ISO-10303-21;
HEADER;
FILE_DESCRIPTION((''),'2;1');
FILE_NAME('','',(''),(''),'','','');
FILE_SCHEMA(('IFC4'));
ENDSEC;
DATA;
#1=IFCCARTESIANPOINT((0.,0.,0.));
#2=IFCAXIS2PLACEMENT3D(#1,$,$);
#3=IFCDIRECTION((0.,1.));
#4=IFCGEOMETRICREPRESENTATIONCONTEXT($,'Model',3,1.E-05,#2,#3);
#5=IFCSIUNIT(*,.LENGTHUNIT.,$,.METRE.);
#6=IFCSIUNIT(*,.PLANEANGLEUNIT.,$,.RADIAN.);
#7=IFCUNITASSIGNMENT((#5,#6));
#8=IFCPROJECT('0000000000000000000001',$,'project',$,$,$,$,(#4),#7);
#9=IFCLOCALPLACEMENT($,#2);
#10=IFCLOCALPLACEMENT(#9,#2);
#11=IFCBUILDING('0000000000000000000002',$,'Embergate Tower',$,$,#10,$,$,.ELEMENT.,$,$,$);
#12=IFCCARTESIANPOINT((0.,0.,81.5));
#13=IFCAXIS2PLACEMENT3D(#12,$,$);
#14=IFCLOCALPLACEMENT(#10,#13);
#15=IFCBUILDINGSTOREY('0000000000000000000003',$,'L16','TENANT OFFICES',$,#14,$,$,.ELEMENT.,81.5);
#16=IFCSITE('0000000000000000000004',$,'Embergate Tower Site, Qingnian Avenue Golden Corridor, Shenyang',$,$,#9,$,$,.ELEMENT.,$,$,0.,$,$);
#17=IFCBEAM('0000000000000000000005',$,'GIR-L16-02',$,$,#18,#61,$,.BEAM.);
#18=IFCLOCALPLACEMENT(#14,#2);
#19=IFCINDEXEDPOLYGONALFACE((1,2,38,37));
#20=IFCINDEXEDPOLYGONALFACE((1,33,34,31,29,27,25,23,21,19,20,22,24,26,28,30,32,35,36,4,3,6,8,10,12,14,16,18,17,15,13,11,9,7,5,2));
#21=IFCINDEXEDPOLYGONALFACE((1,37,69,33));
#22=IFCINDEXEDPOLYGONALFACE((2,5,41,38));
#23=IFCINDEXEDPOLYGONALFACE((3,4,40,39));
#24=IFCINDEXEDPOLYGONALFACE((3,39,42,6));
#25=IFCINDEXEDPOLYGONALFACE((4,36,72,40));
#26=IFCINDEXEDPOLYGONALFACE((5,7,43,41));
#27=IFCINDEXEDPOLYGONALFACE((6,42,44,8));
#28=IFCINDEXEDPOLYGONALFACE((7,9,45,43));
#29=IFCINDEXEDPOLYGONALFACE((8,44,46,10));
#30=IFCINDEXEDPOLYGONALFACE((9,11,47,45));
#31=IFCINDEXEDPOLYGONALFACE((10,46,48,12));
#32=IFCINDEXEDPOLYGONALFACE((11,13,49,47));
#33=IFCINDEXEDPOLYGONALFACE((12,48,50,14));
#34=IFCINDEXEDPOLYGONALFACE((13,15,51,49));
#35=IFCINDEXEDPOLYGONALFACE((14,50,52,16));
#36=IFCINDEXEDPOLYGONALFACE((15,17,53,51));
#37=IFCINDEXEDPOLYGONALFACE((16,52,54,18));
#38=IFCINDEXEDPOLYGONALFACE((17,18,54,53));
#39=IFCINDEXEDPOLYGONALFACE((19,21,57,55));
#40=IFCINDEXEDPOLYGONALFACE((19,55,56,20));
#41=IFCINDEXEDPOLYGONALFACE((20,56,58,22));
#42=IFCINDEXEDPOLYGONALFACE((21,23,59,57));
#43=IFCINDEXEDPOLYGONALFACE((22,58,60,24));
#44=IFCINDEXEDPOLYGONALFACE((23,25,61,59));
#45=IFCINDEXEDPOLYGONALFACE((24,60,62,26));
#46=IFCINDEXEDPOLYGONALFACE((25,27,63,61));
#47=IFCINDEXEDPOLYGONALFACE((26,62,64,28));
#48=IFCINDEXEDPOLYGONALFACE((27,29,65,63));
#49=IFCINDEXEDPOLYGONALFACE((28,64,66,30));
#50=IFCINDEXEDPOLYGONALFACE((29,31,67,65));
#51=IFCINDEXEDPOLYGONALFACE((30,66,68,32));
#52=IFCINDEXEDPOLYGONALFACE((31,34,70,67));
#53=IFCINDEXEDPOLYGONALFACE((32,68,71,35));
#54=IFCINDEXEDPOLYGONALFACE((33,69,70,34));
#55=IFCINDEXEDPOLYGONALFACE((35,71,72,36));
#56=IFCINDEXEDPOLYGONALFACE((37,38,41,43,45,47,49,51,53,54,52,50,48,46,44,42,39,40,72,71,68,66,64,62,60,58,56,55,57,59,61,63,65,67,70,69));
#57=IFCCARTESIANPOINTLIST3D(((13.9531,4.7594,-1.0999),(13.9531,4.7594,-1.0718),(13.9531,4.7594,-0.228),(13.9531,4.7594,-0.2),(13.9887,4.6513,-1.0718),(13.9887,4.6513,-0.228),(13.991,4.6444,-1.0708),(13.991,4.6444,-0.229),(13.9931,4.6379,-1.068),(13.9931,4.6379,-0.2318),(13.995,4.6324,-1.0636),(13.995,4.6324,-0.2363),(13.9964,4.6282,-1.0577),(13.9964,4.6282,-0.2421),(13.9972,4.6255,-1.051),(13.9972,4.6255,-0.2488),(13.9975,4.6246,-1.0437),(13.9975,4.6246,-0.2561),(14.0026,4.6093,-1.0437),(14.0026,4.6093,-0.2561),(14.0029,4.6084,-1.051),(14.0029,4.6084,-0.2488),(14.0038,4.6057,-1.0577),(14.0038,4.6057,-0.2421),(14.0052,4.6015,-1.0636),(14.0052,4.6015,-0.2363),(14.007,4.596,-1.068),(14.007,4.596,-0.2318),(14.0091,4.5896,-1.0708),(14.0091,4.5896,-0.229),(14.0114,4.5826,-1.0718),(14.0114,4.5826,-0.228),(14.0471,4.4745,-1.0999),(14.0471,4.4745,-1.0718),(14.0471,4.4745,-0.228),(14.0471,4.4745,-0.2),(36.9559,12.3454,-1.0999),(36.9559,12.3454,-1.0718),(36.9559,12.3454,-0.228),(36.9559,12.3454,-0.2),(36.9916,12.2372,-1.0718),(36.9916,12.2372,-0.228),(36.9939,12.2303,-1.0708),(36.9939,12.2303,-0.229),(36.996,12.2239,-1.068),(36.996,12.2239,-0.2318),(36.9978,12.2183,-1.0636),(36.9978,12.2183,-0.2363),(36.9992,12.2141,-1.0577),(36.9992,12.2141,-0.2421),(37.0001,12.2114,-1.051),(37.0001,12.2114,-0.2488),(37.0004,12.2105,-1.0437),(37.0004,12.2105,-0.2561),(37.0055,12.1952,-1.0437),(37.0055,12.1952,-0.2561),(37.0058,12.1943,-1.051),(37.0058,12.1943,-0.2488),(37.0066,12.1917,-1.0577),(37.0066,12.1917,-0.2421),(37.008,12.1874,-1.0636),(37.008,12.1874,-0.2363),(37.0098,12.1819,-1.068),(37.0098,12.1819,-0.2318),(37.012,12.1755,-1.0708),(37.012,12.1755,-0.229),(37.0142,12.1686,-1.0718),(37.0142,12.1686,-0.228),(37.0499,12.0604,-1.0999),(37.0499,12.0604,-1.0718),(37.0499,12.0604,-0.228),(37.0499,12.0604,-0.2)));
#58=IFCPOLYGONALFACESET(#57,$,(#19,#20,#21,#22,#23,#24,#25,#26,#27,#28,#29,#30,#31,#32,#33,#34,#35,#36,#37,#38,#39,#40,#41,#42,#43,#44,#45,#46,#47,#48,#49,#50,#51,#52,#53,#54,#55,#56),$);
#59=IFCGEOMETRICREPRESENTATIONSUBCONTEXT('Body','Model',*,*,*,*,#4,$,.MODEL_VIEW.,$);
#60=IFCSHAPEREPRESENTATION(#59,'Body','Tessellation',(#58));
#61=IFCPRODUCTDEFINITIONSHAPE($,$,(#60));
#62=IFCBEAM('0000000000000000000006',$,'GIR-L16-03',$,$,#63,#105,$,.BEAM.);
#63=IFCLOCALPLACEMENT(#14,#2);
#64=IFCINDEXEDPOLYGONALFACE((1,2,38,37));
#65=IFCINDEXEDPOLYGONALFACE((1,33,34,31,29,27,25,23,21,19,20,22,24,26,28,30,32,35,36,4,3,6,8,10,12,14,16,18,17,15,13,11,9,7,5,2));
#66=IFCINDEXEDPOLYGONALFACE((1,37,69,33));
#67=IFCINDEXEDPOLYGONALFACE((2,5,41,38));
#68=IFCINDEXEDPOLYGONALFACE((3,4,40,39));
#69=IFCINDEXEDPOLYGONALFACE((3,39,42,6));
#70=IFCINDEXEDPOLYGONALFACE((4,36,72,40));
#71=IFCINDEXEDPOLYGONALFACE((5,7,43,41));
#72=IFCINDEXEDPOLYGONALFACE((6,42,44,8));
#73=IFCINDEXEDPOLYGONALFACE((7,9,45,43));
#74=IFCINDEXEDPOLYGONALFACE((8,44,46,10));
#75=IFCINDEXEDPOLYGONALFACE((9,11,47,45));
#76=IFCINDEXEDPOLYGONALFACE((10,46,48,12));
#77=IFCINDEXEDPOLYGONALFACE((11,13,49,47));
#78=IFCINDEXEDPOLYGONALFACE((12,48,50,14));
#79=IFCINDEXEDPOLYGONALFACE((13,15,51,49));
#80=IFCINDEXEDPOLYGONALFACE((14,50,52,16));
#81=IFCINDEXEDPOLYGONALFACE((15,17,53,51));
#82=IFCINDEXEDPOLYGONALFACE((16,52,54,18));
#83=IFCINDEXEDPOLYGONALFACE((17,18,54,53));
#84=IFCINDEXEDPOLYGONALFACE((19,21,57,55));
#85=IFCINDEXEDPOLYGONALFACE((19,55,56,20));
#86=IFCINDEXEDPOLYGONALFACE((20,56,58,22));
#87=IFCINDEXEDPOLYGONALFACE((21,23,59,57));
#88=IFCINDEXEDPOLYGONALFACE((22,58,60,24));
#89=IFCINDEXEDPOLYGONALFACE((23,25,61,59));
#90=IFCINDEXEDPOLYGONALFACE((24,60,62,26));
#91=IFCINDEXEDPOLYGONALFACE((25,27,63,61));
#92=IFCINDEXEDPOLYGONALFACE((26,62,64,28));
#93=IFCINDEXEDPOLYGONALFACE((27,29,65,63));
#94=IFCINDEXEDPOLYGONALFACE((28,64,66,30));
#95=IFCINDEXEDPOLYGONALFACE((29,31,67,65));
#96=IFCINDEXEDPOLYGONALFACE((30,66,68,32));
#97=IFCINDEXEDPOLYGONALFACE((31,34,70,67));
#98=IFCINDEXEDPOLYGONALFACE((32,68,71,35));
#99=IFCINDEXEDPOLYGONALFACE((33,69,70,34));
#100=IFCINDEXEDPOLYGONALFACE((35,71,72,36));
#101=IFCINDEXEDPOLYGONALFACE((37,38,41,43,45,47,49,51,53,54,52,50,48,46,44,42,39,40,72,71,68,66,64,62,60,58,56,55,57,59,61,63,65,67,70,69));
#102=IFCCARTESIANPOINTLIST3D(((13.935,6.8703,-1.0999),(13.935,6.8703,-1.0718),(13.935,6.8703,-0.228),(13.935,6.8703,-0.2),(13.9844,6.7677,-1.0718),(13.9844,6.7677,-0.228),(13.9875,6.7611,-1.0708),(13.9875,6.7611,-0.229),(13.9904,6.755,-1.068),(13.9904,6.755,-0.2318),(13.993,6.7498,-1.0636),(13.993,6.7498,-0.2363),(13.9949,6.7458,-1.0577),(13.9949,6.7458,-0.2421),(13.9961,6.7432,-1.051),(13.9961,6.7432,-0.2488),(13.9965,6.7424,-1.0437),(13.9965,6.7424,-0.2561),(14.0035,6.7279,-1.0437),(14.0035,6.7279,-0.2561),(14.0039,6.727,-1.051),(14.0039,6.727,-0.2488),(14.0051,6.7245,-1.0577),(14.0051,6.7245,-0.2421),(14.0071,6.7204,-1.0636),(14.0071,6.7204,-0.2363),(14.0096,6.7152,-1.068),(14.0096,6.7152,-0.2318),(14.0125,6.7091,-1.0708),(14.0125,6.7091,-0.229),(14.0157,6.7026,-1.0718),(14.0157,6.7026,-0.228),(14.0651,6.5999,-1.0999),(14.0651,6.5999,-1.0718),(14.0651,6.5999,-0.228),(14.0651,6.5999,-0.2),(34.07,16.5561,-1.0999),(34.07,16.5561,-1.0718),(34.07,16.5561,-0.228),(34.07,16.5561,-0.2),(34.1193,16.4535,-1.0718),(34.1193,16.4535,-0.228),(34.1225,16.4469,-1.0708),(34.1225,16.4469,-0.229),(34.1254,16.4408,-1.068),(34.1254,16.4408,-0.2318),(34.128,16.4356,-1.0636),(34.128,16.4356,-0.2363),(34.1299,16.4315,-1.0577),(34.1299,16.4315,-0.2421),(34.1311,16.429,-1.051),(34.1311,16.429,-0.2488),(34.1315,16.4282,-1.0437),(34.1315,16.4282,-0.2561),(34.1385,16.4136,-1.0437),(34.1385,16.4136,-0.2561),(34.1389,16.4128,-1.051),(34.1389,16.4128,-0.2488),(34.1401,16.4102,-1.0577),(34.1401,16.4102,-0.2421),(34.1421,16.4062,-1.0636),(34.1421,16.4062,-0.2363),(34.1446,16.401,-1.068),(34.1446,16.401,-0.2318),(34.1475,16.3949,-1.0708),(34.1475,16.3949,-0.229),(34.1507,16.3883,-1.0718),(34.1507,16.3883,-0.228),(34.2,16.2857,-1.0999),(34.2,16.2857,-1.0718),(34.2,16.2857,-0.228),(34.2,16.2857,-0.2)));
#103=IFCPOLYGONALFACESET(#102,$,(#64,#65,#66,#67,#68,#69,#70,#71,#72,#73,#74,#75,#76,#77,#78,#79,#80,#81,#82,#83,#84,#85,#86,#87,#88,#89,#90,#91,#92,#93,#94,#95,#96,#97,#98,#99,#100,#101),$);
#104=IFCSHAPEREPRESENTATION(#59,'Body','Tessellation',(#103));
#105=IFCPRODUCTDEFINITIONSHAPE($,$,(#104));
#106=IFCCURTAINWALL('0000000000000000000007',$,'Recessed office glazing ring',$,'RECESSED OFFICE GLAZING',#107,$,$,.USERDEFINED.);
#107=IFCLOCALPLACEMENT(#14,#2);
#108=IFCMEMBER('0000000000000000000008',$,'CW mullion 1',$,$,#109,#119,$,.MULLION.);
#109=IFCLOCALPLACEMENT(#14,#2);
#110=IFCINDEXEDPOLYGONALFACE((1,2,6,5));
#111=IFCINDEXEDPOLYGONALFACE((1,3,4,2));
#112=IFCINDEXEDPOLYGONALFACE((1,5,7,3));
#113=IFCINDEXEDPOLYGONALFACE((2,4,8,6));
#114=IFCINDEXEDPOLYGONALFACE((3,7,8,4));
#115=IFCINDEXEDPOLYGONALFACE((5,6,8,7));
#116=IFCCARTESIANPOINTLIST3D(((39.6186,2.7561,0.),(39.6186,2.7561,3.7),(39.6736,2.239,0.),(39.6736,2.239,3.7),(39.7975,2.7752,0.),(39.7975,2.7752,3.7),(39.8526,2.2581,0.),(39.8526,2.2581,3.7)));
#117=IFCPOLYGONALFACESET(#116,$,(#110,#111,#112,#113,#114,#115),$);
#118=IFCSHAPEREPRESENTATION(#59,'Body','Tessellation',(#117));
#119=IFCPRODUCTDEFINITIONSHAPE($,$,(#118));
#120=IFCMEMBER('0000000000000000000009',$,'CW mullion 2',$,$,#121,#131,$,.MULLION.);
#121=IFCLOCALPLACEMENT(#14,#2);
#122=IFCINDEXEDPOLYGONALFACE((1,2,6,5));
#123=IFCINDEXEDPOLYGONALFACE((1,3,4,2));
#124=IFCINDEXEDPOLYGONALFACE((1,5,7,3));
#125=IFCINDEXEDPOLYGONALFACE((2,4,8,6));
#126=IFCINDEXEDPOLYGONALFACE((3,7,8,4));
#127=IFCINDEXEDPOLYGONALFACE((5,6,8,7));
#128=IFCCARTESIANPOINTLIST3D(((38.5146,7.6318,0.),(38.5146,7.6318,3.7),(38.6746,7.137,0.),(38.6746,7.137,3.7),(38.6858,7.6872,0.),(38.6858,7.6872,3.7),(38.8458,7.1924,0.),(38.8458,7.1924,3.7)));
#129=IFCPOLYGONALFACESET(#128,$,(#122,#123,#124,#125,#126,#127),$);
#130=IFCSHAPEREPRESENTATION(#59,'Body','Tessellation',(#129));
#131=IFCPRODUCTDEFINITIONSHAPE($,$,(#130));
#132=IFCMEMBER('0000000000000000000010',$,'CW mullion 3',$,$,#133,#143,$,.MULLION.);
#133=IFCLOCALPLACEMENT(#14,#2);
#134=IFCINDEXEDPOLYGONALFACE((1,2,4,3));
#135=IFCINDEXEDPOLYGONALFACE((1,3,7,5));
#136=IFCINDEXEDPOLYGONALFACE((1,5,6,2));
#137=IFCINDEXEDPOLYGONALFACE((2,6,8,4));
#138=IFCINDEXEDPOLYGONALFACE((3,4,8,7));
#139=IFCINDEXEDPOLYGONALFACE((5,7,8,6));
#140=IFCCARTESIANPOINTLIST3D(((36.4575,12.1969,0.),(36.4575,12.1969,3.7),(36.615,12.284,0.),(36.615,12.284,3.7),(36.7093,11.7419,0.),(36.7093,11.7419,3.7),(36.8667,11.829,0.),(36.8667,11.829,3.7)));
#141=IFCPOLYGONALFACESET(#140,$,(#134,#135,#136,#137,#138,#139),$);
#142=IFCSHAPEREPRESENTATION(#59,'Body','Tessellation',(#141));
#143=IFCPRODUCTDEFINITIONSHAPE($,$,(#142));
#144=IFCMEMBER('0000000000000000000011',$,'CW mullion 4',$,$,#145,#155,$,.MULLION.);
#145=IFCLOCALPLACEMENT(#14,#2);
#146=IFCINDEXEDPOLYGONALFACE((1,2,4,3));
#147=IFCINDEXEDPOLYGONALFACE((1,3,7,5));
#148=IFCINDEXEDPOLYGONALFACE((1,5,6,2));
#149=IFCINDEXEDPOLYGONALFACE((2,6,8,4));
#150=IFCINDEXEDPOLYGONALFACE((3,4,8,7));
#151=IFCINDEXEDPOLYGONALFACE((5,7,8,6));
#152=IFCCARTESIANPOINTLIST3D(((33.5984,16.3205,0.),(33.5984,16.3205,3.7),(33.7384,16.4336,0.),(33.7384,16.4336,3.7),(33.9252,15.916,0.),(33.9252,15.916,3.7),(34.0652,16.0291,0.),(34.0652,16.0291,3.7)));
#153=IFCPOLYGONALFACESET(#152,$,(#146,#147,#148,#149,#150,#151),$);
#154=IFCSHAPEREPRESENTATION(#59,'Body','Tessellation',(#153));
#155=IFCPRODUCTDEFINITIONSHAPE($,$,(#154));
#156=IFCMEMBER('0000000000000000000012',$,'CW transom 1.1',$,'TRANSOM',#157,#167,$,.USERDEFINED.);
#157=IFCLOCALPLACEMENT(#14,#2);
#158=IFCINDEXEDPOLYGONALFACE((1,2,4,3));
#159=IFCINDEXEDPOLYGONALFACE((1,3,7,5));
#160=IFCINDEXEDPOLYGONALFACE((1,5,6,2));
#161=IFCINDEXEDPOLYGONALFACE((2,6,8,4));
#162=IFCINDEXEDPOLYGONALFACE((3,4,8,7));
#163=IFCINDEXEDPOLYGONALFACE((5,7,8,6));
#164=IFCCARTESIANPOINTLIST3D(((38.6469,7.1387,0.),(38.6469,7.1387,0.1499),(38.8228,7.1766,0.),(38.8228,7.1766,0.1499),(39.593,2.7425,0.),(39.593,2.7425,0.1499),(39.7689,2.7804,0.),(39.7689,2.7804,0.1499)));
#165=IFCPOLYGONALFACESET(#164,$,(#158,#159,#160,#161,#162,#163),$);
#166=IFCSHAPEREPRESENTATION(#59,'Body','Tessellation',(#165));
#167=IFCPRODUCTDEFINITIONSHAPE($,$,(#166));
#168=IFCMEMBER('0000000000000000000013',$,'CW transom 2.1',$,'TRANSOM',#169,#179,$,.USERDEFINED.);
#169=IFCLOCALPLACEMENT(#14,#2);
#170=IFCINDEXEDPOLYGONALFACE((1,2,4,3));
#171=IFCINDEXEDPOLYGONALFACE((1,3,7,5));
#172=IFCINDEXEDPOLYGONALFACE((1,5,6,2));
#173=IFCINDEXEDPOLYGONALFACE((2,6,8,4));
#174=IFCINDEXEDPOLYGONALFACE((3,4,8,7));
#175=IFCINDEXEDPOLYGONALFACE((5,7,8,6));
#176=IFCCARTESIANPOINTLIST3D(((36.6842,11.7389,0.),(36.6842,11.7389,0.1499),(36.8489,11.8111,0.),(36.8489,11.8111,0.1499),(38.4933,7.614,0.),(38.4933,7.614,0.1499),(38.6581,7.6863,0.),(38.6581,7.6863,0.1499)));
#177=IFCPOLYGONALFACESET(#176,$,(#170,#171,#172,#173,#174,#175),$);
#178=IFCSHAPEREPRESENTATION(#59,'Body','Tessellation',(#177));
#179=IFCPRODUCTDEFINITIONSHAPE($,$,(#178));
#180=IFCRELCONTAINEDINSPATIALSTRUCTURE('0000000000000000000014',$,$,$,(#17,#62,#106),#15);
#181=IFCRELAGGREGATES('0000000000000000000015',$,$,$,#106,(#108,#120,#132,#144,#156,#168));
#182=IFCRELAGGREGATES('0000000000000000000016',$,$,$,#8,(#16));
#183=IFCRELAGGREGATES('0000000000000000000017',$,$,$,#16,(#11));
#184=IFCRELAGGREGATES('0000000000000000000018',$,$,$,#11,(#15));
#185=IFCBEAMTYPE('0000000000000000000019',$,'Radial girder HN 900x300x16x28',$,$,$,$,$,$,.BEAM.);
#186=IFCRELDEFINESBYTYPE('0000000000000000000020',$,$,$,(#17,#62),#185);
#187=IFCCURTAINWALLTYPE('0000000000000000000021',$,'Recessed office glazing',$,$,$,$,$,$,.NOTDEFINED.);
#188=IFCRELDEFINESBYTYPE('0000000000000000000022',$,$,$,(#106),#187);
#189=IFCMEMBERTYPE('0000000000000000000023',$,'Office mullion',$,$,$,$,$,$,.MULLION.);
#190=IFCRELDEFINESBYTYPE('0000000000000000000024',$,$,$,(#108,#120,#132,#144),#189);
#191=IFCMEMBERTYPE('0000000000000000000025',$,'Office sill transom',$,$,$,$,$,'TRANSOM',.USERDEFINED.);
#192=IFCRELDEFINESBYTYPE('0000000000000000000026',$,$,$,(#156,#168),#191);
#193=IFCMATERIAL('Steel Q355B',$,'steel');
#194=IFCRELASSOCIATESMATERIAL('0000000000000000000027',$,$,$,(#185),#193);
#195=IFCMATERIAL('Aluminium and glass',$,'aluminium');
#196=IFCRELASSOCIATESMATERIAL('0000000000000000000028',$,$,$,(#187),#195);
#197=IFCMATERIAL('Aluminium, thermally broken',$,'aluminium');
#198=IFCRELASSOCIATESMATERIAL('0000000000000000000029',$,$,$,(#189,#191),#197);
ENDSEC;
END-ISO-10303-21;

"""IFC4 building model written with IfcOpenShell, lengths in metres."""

from ifc_helpers import new_model, si_unit, direction, frame, origin, origin_2d, place, context, subcontext, project, spatial, rectangle, i_section, extrude, source, transform, mapped, material, material_profile, profile_set, type_object, element, aggregate, save


model = new_model("IFC4")

# Units and contexts
model_context = context("Model", 3, precision=1e-05, world=origin(), true_north=direction((0.0, 1.0)))
body_context = subcontext(model_context, "Body", "Model", "MODEL_VIEW")
ifc_project = project(units=[si_unit("LENGTHUNIT", "METRE"), si_unit("PLANEANGLEUNIT", "RADIAN")], contexts=[model_context])

# Site, building, storey
site_placement = place(None, origin())
site = spatial("IfcSite", under=ifc_project, at=site_placement, Name="Embergate Tower Site, Qingnian Avenue Golden Corridor, Shenyang", CompositionType="ELEMENT", RefElevation=0.0)
building_placement = place(site_placement, origin())
building = spatial("IfcBuilding", under=site, at=building_placement, Name="Embergate Tower", CompositionType="ELEMENT")
storey_placement = place(building_placement, frame((0.0, 0.0, 81.5)))
storey = spatial("IfcBuildingStorey", under=building, at=storey_placement, Name="L16", Description="TENANT OFFICES", CompositionType="ELEMENT", Elevation=81.5)

# Beams
ifc_material_1 = material(Name="Steel Q355B", Category="steel")
ifc_material_profile_1 = material_profile(ifc_material_1, i_section(OverallWidth=0.3, OverallDepth=0.8999, WebThickness=0.0161, FlangeThickness=0.0281, FilletRadius=0.0281, at=origin_2d()), Name="HN 900x300x16x28")
ifc_profile_set_1 = profile_set([ifc_material_profile_1], Name="Steel Q355 grade B")
beam_type_1 = type_object("IfcBeamType", Name="Radial girder HN 900x300x16x28", PredefinedType="BEAM", material=ifc_profile_set_1)
shared_shape_1 = source(origin(), body_context, "Body", "SweptSolid", [
    extrude(i_section(OverallWidth=0.3, OverallDepth=0.8999, WebThickness=0.0161, FlangeThickness=0.0281, FilletRadius=0.0281, at=origin_2d()), origin(), (0.0, 0.0, 1.0), 24.2214),
])
beam_1_placement = place(storey_placement, frame((37.0029, 12.2029, -0.6499), z_axis=(-0.94969, -0.31319, 0.0), x_axis=(0.31319, -0.94969, 0.0)))
element("IfcBeam", 1, at=beam_1_placement, inside=storey, type_object=beam_type_1, Name="GIR-L16-02", PredefinedType="BEAM", context=body_context, shape_type="MappedRepresentation", body=[
    mapped(shared_shape_1, transform((0.0, 0.0, 0.0))),
])
shared_shape_2 = source(origin(), body_context, "Body", "SweptSolid", [
    extrude(i_section(OverallWidth=0.3, OverallDepth=0.8999, WebThickness=0.0161, FlangeThickness=0.0281, FilletRadius=0.0281, at=origin_2d()), origin(), (0.0, 0.0, 1.0), 22.3435),
])
beam_2_placement = place(storey_placement, frame((34.135, 16.4209, -0.6499), z_axis=(-0.901156, -0.433494, 0.0), x_axis=(0.433494, -0.901156, 0.0)))
element("IfcBeam", 2, at=beam_2_placement, inside=storey, type_object=beam_type_1, Name="GIR-L16-03", PredefinedType="BEAM", context=body_context, shape_type="MappedRepresentation", body=[
    mapped(shared_shape_2, transform((0.0, 0.0, 0.0))),
])

# Curtain wall, members
ifc_material_2 = material(Name="Aluminium and glass", Category="aluminium")
curtain_wall_type = type_object("IfcCurtainWallType", Name="Recessed office glazing", PredefinedType="NOTDEFINED", material=ifc_material_2)
curtain_wall_placement = place(storey_placement, origin())
curtain_wall = element("IfcCurtainWall", 3, at=curtain_wall_placement, inside=storey, type_object=curtain_wall_type, Name="Recessed office glazing ring", ObjectType="RECESSED OFFICE GLAZING", PredefinedType="USERDEFINED")
ifc_material_3 = material(Name="Aluminium, thermally broken", Category="aluminium")
ifc_material_profile_2 = material_profile(ifc_material_3, rectangle(XDim=0.1799, YDim=0.52, at=origin_2d()), Name="AL 520x180")
ifc_profile_set_2 = profile_set([ifc_material_profile_2], Name="Aluminium, thermally broken")
member_type_1 = type_object("IfcMemberType", Name="Office mullion", PredefinedType="MULLION", material=ifc_profile_set_2)
shared_shape_3 = source(origin(), body_context, "Body", "SweptSolid", [
    extrude(rectangle(XDim=0.1799, YDim=0.52, at=origin_2d()), origin(), (0.0, 0.0, 1.0), 3.7),
])
member_1_placement = place(storey_placement, frame((39.7356, 2.5071, 0.0), z_axis=(0.0, 0.0, 1.0), x_axis=(-0.994385, -0.105822, 0.0)))
member_1 = element("IfcMember", 4, at=member_1_placement, type_object=member_type_1, Name="CW mullion 1", PredefinedType="MULLION", context=body_context, shape_type="MappedRepresentation", body=[
    mapped(shared_shape_3, transform((0.0, 0.0, 0.0))),
])
member_2_placement = place(storey_placement, frame((38.6802, 7.4121, 0.0), z_axis=(0.0, 0.0, 1.0), x_axis=(-0.951499, -0.307651, 0.0)))
member_2 = element("IfcMember", 5, at=member_2_placement, type_object=member_type_1, Name="CW mullion 2", PredefinedType="MULLION", context=body_context, shape_type="MappedRepresentation", body=[
    mapped(shared_shape_3, transform((0.0, 0.0, 0.0))),
])
member_3_placement = place(storey_placement, frame((36.6621, 12.0129, 0.0), z_axis=(0.0, 0.0, 1.0), x_axis=(-0.875005, -0.484113, 0.0)))
member_3 = element("IfcMember", 6, at=member_3_placement, type_object=member_type_1, Name="CW mullion 3", PredefinedType="MULLION", context=body_context, shape_type="MappedRepresentation", body=[
    mapped(shared_shape_3, transform((0.0, 0.0, 0.0))),
])
member_4_placement = place(storey_placement, frame((33.8318, 16.1748, 0.0), z_axis=(0.0, 0.0, 1.0), x_axis=(-0.777876, -0.628418, 0.0)))
member_4 = element("IfcMember", 7, at=member_4_placement, type_object=member_type_1, Name="CW mullion 4", PredefinedType="MULLION", context=body_context, shape_type="MappedRepresentation", body=[
    mapped(shared_shape_3, transform((0.0, 0.0, 0.0))),
])
ifc_material_profile_3 = material_profile(ifc_material_3, rectangle(XDim=0.1799, YDim=0.1499, at=origin_2d()), Name="AL 150x180")
ifc_profile_set_3 = profile_set([ifc_material_profile_3], Name="Aluminium, thermally broken")
member_type_2 = type_object("IfcMemberType", Name="Office sill transom", ElementType="TRANSOM", PredefinedType="USERDEFINED", material=ifc_profile_set_3)
shared_shape_4 = source(origin(), body_context, "Body", "SweptSolid", [
    extrude(rectangle(XDim=0.1799, YDim=0.1499, at=origin_2d()), origin(), (0.0, 0.0, 1.0), 4.4968),
])
member_5_placement = place(storey_placement, frame((39.6809, 2.7615, 0.075), z_axis=(-0.210378, 0.97762, 0.0), x_axis=(-0.97762, -0.210378, 0.0)))
member_5 = element("IfcMember", 8, at=member_5_placement, type_object=member_type_2, Name="CW transom 1.1", ObjectType="TRANSOM", PredefinedType="USERDEFINED", context=body_context, shape_type="MappedRepresentation", body=[
    mapped(shared_shape_4, transform((0.0, 0.0, 0.0))),
])
shared_shape_5 = source(origin(), body_context, "Body", "SweptSolid", [
    extrude(rectangle(XDim=0.1799, YDim=0.1499, at=origin_2d()), origin(), (0.0, 0.0, 1.0), 4.5042),
])
member_6_placement = place(storey_placement, frame((38.5757, 7.6501, 0.075), z_axis=(-0.401658, 0.91579, 0.0), x_axis=(-0.91579, -0.401658, 0.0)))
member_6 = element("IfcMember", 9, at=member_6_placement, type_object=member_type_2, Name="CW transom 2.1", ObjectType="TRANSOM", PredefinedType="USERDEFINED", context=body_context, shape_type="MappedRepresentation", body=[
    mapped(shared_shape_5, transform((0.0, 0.0, 0.0))),
])
aggregate(curtain_wall, [member_1, member_2, member_3, member_4, member_5, member_6])

save(model, "model.ifc")
